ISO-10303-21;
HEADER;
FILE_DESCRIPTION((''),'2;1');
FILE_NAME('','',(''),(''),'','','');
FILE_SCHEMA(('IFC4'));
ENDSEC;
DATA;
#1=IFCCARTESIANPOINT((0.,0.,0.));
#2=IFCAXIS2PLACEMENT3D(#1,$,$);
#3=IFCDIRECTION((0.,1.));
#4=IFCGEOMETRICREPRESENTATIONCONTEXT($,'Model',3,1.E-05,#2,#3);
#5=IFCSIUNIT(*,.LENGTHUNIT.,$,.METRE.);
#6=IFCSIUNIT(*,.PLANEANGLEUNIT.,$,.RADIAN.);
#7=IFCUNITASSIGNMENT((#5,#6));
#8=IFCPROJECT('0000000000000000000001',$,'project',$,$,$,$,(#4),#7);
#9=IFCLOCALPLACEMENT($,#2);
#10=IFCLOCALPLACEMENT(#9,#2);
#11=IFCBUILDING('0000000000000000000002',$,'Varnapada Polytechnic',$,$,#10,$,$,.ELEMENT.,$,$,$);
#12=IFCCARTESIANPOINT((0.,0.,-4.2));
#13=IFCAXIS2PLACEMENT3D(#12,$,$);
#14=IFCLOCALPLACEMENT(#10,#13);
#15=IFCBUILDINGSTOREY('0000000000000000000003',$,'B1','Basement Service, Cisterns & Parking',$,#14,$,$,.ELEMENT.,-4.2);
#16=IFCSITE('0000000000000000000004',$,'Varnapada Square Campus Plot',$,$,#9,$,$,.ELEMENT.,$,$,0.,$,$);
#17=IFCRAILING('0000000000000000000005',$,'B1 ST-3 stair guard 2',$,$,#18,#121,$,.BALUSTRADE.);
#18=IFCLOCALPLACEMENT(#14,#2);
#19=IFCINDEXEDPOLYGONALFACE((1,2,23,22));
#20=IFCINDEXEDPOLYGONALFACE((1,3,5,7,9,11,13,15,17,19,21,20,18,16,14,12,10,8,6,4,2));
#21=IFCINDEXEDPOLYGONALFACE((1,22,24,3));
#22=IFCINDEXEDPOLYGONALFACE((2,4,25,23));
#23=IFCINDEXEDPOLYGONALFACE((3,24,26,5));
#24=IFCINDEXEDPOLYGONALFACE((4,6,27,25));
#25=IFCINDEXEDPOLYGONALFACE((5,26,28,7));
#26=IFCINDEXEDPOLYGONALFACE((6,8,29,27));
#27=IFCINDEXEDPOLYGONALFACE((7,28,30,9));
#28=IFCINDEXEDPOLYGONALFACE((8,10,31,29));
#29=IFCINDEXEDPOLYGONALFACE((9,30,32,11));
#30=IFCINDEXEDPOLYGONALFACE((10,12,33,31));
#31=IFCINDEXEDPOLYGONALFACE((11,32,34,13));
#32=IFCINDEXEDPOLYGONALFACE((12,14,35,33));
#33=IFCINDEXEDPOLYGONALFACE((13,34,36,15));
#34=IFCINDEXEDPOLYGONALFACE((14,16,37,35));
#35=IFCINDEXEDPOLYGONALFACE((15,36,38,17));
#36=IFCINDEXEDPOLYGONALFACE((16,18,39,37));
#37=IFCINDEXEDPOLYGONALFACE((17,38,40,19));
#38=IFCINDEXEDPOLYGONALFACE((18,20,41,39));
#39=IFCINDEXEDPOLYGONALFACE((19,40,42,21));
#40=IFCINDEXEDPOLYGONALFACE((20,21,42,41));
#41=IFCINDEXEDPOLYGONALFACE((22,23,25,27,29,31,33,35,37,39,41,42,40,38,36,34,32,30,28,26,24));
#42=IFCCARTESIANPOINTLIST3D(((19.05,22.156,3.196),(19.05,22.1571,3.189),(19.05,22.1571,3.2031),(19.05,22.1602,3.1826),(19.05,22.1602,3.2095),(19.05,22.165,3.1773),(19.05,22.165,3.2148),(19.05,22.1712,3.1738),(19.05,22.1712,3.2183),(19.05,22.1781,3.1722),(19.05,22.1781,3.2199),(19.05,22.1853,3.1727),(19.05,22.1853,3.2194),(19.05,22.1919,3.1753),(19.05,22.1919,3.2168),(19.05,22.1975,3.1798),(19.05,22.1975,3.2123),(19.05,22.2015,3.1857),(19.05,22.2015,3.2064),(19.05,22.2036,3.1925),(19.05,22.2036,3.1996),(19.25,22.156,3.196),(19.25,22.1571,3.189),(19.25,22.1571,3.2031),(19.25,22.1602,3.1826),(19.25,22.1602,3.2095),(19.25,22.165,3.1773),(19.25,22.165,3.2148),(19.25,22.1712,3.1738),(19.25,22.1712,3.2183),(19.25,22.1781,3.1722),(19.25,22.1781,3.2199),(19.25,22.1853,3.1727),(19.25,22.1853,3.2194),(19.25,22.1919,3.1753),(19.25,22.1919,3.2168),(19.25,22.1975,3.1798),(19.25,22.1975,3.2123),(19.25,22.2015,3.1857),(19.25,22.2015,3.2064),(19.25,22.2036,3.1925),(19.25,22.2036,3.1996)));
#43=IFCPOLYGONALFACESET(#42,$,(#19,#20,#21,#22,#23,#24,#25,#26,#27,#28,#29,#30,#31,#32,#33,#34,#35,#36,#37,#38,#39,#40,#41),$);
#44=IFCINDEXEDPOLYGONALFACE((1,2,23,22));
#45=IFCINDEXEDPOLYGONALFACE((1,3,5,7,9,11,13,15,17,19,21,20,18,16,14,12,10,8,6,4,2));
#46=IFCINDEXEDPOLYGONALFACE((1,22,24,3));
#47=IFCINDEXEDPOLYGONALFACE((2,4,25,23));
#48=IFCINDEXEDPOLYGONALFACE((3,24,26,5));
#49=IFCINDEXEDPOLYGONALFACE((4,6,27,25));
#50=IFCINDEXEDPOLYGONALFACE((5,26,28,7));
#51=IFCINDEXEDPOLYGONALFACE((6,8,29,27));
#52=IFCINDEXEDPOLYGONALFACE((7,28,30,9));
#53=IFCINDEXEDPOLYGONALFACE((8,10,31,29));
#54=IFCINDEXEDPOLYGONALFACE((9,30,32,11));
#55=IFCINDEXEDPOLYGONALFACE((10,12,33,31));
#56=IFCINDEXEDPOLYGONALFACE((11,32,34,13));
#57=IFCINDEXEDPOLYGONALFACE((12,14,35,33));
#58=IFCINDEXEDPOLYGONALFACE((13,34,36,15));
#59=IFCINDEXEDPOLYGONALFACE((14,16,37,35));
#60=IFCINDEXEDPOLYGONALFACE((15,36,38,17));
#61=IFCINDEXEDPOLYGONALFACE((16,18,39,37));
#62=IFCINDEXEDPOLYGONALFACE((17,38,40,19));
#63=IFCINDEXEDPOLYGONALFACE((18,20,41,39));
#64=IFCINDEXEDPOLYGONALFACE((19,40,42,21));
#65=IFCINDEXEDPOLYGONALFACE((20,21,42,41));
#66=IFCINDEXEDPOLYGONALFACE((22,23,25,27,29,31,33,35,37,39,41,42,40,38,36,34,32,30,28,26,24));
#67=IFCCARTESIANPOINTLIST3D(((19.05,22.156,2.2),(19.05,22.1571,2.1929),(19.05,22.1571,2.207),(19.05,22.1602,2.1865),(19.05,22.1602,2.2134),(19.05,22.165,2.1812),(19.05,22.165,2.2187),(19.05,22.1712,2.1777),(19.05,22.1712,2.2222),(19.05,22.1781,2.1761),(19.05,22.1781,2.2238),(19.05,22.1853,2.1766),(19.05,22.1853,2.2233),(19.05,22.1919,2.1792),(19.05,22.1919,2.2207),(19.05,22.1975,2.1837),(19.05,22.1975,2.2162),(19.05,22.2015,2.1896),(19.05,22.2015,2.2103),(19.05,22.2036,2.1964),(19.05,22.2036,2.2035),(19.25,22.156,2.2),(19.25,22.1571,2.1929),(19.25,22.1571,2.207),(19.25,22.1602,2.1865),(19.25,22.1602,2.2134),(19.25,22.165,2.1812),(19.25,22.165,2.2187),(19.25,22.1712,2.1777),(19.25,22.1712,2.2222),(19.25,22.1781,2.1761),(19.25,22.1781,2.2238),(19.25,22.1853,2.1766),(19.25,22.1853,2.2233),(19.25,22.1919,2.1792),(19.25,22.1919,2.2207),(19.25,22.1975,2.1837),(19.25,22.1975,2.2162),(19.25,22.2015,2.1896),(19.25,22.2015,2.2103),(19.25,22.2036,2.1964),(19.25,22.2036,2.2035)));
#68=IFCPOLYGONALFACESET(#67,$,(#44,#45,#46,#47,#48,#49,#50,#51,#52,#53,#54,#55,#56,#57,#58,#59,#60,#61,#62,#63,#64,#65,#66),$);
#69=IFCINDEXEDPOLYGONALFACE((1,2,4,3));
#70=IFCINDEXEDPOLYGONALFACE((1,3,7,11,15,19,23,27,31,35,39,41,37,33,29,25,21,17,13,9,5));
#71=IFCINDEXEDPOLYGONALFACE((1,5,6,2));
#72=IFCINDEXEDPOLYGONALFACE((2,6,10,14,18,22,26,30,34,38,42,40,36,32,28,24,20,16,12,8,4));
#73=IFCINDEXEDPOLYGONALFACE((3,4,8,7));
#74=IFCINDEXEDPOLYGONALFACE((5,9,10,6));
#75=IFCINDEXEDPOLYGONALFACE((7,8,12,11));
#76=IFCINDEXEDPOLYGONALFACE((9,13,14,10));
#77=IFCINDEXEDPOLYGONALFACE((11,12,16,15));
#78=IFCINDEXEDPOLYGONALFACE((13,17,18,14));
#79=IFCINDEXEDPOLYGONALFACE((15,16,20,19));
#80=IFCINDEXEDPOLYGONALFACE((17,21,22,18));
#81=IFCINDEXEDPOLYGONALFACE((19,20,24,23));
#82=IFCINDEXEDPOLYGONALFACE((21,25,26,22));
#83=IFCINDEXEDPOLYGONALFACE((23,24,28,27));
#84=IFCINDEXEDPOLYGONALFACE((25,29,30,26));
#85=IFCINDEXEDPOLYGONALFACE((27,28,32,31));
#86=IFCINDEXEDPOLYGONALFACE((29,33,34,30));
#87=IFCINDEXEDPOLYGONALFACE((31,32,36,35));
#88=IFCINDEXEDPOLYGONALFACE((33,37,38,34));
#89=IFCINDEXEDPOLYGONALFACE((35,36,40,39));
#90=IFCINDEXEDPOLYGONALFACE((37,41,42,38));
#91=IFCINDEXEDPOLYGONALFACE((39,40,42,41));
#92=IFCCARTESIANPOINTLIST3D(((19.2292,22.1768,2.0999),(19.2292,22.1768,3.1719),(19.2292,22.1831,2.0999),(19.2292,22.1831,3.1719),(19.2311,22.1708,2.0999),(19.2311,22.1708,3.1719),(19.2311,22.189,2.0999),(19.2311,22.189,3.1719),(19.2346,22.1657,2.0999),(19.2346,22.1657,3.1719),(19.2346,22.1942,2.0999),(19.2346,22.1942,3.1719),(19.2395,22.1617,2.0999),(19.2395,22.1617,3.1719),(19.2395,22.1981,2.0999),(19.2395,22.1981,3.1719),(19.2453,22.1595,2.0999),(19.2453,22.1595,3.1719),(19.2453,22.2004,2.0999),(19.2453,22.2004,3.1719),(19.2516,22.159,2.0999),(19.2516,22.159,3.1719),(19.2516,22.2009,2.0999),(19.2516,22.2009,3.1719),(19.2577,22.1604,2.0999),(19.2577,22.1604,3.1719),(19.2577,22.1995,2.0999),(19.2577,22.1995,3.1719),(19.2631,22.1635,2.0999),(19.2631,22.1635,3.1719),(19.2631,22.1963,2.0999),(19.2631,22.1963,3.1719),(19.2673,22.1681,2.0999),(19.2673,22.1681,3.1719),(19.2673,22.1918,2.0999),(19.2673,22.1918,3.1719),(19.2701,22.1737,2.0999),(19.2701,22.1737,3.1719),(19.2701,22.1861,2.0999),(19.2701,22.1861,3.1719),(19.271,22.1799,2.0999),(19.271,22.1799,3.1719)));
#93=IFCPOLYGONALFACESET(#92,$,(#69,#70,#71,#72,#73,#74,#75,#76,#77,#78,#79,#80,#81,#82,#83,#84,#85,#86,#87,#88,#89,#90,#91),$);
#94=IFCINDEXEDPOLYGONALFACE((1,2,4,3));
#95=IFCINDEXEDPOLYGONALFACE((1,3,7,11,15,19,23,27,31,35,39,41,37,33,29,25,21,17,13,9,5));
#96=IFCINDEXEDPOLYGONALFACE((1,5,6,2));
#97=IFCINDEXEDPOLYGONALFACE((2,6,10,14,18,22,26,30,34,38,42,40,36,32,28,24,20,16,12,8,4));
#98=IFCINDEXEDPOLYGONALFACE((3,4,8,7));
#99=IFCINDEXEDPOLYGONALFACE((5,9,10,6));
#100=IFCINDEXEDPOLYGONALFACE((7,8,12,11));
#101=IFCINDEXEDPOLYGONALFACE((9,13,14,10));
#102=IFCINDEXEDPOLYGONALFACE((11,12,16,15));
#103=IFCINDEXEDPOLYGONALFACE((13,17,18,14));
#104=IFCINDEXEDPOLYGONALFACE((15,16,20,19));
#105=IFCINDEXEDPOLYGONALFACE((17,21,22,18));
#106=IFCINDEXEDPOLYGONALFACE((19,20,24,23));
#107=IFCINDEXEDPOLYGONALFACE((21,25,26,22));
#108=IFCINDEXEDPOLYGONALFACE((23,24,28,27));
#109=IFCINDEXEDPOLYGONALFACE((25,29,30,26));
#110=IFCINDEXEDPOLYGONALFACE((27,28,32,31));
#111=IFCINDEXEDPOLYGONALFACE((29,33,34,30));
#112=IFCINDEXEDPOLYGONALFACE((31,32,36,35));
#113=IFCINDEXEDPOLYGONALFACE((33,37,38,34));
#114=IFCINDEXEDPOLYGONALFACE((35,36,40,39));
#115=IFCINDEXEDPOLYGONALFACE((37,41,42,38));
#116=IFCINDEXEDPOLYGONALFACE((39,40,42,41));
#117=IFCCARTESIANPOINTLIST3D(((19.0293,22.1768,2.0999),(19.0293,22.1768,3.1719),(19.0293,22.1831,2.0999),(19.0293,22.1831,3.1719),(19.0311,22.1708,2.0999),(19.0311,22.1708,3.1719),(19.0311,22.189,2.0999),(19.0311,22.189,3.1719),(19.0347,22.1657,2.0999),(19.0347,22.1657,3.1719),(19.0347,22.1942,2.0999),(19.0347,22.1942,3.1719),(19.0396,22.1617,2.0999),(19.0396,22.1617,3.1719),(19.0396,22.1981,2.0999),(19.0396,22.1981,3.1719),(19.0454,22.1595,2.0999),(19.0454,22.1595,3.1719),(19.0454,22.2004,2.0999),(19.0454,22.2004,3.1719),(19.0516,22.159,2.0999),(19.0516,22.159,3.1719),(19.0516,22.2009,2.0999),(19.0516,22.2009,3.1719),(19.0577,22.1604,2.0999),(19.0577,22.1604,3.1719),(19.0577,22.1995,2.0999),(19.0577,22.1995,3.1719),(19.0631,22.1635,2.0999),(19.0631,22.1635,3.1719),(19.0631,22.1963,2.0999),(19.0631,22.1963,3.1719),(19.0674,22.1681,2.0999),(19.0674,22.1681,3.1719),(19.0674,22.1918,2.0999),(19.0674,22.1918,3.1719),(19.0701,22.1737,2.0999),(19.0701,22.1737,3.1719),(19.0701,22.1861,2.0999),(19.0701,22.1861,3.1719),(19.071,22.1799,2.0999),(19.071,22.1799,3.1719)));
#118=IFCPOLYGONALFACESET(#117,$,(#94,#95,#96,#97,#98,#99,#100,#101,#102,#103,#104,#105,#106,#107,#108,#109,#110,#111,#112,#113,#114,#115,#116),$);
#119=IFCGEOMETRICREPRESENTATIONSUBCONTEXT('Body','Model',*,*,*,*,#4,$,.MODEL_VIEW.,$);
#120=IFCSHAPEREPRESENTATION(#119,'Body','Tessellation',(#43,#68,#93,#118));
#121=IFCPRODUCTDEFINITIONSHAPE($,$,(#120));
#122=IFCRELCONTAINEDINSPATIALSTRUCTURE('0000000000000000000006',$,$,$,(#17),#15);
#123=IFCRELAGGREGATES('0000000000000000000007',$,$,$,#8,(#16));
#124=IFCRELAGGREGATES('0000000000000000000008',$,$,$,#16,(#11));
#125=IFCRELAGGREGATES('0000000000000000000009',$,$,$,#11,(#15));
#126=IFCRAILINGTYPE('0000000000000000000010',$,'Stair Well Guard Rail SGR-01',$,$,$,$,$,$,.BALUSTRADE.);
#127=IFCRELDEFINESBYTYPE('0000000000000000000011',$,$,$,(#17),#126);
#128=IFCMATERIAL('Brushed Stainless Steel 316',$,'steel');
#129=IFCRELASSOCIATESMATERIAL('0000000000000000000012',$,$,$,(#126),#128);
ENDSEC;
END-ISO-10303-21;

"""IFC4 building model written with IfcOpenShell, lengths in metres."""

from ifc_helpers import new_model, si_unit, direction, frame, origin, origin_2d, place, context, subcontext, project, spatial, circle, extrude, material, type_object, element, save


model = new_model("IFC4")

# Units and contexts
model_context = context("Model", 3, precision=1e-05, world=origin(), true_north=direction((0.0, 1.0)))
body_context = subcontext(model_context, "Body", "Model", "MODEL_VIEW")
ifc_project = project(units=[si_unit("LENGTHUNIT", "METRE"), si_unit("PLANEANGLEUNIT", "RADIAN")], contexts=[model_context])

# Site, building, storey
site_placement = place(None, origin())
site = spatial("IfcSite", under=ifc_project, at=site_placement, Name="Varnapada Square Campus Plot", CompositionType="ELEMENT", RefElevation=0.0)
building_placement = place(site_placement, origin())
building = spatial("IfcBuilding", under=site, at=building_placement, Name="Varnapada Polytechnic", CompositionType="ELEMENT")
storey_placement = place(building_placement, frame((0.0, 0.0, -4.2)))
storey = spatial("IfcBuildingStorey", under=building, at=storey_placement, Name="B1", Description="Basement Service, Cisterns & Parking", CompositionType="ELEMENT", Elevation=-4.2)

# Shared definitions
ifc_material_1 = material(Name="Brushed Stainless Steel 316", Category="steel")

# Railing
railing_type_1 = type_object("IfcRailingType", Name="Stair Well Guard Rail SGR-01", PredefinedType="BALUSTRADE", material=ifc_material_1)
railing_1_placement = place(storey_placement, frame((19.25, 22.1799, 2.0999)))
element("IfcRailing", 1, at=railing_1_placement, inside=storey, type_object=railing_type_1, Name="B1 ST-3 stair guard 2", PredefinedType="BALUSTRADE", context=body_context, shape_type="SweptSolid", body=[
    extrude(circle(Radius=0.0239, at=origin_2d()), frame((0.0, 0.0, 1.0962), z_axis=(-1.0, 0.0, 0.0), x_axis=(0.0, -1.0, 0.0)), (0.0, 0.0, 1.0), 0.2),
    extrude(circle(Radius=0.0239, at=origin_2d()), frame((0.0, 0.0, 0.1001), z_axis=(-1.0, 0.0, 0.0), x_axis=(0.0, -1.0, 0.0)), (0.0, 0.0, 1.0), 0.2),
    extrude(circle(Radius=0.021, at=origin_2d()), origin(), (0.0, 0.0, 1.0), 1.072),
    extrude(circle(Radius=0.021, at=origin_2d()), frame((-0.2, 0.0, 0.0)), (0.0, 0.0, 1.0), 1.072),
])

save(model, "model.ifc")
